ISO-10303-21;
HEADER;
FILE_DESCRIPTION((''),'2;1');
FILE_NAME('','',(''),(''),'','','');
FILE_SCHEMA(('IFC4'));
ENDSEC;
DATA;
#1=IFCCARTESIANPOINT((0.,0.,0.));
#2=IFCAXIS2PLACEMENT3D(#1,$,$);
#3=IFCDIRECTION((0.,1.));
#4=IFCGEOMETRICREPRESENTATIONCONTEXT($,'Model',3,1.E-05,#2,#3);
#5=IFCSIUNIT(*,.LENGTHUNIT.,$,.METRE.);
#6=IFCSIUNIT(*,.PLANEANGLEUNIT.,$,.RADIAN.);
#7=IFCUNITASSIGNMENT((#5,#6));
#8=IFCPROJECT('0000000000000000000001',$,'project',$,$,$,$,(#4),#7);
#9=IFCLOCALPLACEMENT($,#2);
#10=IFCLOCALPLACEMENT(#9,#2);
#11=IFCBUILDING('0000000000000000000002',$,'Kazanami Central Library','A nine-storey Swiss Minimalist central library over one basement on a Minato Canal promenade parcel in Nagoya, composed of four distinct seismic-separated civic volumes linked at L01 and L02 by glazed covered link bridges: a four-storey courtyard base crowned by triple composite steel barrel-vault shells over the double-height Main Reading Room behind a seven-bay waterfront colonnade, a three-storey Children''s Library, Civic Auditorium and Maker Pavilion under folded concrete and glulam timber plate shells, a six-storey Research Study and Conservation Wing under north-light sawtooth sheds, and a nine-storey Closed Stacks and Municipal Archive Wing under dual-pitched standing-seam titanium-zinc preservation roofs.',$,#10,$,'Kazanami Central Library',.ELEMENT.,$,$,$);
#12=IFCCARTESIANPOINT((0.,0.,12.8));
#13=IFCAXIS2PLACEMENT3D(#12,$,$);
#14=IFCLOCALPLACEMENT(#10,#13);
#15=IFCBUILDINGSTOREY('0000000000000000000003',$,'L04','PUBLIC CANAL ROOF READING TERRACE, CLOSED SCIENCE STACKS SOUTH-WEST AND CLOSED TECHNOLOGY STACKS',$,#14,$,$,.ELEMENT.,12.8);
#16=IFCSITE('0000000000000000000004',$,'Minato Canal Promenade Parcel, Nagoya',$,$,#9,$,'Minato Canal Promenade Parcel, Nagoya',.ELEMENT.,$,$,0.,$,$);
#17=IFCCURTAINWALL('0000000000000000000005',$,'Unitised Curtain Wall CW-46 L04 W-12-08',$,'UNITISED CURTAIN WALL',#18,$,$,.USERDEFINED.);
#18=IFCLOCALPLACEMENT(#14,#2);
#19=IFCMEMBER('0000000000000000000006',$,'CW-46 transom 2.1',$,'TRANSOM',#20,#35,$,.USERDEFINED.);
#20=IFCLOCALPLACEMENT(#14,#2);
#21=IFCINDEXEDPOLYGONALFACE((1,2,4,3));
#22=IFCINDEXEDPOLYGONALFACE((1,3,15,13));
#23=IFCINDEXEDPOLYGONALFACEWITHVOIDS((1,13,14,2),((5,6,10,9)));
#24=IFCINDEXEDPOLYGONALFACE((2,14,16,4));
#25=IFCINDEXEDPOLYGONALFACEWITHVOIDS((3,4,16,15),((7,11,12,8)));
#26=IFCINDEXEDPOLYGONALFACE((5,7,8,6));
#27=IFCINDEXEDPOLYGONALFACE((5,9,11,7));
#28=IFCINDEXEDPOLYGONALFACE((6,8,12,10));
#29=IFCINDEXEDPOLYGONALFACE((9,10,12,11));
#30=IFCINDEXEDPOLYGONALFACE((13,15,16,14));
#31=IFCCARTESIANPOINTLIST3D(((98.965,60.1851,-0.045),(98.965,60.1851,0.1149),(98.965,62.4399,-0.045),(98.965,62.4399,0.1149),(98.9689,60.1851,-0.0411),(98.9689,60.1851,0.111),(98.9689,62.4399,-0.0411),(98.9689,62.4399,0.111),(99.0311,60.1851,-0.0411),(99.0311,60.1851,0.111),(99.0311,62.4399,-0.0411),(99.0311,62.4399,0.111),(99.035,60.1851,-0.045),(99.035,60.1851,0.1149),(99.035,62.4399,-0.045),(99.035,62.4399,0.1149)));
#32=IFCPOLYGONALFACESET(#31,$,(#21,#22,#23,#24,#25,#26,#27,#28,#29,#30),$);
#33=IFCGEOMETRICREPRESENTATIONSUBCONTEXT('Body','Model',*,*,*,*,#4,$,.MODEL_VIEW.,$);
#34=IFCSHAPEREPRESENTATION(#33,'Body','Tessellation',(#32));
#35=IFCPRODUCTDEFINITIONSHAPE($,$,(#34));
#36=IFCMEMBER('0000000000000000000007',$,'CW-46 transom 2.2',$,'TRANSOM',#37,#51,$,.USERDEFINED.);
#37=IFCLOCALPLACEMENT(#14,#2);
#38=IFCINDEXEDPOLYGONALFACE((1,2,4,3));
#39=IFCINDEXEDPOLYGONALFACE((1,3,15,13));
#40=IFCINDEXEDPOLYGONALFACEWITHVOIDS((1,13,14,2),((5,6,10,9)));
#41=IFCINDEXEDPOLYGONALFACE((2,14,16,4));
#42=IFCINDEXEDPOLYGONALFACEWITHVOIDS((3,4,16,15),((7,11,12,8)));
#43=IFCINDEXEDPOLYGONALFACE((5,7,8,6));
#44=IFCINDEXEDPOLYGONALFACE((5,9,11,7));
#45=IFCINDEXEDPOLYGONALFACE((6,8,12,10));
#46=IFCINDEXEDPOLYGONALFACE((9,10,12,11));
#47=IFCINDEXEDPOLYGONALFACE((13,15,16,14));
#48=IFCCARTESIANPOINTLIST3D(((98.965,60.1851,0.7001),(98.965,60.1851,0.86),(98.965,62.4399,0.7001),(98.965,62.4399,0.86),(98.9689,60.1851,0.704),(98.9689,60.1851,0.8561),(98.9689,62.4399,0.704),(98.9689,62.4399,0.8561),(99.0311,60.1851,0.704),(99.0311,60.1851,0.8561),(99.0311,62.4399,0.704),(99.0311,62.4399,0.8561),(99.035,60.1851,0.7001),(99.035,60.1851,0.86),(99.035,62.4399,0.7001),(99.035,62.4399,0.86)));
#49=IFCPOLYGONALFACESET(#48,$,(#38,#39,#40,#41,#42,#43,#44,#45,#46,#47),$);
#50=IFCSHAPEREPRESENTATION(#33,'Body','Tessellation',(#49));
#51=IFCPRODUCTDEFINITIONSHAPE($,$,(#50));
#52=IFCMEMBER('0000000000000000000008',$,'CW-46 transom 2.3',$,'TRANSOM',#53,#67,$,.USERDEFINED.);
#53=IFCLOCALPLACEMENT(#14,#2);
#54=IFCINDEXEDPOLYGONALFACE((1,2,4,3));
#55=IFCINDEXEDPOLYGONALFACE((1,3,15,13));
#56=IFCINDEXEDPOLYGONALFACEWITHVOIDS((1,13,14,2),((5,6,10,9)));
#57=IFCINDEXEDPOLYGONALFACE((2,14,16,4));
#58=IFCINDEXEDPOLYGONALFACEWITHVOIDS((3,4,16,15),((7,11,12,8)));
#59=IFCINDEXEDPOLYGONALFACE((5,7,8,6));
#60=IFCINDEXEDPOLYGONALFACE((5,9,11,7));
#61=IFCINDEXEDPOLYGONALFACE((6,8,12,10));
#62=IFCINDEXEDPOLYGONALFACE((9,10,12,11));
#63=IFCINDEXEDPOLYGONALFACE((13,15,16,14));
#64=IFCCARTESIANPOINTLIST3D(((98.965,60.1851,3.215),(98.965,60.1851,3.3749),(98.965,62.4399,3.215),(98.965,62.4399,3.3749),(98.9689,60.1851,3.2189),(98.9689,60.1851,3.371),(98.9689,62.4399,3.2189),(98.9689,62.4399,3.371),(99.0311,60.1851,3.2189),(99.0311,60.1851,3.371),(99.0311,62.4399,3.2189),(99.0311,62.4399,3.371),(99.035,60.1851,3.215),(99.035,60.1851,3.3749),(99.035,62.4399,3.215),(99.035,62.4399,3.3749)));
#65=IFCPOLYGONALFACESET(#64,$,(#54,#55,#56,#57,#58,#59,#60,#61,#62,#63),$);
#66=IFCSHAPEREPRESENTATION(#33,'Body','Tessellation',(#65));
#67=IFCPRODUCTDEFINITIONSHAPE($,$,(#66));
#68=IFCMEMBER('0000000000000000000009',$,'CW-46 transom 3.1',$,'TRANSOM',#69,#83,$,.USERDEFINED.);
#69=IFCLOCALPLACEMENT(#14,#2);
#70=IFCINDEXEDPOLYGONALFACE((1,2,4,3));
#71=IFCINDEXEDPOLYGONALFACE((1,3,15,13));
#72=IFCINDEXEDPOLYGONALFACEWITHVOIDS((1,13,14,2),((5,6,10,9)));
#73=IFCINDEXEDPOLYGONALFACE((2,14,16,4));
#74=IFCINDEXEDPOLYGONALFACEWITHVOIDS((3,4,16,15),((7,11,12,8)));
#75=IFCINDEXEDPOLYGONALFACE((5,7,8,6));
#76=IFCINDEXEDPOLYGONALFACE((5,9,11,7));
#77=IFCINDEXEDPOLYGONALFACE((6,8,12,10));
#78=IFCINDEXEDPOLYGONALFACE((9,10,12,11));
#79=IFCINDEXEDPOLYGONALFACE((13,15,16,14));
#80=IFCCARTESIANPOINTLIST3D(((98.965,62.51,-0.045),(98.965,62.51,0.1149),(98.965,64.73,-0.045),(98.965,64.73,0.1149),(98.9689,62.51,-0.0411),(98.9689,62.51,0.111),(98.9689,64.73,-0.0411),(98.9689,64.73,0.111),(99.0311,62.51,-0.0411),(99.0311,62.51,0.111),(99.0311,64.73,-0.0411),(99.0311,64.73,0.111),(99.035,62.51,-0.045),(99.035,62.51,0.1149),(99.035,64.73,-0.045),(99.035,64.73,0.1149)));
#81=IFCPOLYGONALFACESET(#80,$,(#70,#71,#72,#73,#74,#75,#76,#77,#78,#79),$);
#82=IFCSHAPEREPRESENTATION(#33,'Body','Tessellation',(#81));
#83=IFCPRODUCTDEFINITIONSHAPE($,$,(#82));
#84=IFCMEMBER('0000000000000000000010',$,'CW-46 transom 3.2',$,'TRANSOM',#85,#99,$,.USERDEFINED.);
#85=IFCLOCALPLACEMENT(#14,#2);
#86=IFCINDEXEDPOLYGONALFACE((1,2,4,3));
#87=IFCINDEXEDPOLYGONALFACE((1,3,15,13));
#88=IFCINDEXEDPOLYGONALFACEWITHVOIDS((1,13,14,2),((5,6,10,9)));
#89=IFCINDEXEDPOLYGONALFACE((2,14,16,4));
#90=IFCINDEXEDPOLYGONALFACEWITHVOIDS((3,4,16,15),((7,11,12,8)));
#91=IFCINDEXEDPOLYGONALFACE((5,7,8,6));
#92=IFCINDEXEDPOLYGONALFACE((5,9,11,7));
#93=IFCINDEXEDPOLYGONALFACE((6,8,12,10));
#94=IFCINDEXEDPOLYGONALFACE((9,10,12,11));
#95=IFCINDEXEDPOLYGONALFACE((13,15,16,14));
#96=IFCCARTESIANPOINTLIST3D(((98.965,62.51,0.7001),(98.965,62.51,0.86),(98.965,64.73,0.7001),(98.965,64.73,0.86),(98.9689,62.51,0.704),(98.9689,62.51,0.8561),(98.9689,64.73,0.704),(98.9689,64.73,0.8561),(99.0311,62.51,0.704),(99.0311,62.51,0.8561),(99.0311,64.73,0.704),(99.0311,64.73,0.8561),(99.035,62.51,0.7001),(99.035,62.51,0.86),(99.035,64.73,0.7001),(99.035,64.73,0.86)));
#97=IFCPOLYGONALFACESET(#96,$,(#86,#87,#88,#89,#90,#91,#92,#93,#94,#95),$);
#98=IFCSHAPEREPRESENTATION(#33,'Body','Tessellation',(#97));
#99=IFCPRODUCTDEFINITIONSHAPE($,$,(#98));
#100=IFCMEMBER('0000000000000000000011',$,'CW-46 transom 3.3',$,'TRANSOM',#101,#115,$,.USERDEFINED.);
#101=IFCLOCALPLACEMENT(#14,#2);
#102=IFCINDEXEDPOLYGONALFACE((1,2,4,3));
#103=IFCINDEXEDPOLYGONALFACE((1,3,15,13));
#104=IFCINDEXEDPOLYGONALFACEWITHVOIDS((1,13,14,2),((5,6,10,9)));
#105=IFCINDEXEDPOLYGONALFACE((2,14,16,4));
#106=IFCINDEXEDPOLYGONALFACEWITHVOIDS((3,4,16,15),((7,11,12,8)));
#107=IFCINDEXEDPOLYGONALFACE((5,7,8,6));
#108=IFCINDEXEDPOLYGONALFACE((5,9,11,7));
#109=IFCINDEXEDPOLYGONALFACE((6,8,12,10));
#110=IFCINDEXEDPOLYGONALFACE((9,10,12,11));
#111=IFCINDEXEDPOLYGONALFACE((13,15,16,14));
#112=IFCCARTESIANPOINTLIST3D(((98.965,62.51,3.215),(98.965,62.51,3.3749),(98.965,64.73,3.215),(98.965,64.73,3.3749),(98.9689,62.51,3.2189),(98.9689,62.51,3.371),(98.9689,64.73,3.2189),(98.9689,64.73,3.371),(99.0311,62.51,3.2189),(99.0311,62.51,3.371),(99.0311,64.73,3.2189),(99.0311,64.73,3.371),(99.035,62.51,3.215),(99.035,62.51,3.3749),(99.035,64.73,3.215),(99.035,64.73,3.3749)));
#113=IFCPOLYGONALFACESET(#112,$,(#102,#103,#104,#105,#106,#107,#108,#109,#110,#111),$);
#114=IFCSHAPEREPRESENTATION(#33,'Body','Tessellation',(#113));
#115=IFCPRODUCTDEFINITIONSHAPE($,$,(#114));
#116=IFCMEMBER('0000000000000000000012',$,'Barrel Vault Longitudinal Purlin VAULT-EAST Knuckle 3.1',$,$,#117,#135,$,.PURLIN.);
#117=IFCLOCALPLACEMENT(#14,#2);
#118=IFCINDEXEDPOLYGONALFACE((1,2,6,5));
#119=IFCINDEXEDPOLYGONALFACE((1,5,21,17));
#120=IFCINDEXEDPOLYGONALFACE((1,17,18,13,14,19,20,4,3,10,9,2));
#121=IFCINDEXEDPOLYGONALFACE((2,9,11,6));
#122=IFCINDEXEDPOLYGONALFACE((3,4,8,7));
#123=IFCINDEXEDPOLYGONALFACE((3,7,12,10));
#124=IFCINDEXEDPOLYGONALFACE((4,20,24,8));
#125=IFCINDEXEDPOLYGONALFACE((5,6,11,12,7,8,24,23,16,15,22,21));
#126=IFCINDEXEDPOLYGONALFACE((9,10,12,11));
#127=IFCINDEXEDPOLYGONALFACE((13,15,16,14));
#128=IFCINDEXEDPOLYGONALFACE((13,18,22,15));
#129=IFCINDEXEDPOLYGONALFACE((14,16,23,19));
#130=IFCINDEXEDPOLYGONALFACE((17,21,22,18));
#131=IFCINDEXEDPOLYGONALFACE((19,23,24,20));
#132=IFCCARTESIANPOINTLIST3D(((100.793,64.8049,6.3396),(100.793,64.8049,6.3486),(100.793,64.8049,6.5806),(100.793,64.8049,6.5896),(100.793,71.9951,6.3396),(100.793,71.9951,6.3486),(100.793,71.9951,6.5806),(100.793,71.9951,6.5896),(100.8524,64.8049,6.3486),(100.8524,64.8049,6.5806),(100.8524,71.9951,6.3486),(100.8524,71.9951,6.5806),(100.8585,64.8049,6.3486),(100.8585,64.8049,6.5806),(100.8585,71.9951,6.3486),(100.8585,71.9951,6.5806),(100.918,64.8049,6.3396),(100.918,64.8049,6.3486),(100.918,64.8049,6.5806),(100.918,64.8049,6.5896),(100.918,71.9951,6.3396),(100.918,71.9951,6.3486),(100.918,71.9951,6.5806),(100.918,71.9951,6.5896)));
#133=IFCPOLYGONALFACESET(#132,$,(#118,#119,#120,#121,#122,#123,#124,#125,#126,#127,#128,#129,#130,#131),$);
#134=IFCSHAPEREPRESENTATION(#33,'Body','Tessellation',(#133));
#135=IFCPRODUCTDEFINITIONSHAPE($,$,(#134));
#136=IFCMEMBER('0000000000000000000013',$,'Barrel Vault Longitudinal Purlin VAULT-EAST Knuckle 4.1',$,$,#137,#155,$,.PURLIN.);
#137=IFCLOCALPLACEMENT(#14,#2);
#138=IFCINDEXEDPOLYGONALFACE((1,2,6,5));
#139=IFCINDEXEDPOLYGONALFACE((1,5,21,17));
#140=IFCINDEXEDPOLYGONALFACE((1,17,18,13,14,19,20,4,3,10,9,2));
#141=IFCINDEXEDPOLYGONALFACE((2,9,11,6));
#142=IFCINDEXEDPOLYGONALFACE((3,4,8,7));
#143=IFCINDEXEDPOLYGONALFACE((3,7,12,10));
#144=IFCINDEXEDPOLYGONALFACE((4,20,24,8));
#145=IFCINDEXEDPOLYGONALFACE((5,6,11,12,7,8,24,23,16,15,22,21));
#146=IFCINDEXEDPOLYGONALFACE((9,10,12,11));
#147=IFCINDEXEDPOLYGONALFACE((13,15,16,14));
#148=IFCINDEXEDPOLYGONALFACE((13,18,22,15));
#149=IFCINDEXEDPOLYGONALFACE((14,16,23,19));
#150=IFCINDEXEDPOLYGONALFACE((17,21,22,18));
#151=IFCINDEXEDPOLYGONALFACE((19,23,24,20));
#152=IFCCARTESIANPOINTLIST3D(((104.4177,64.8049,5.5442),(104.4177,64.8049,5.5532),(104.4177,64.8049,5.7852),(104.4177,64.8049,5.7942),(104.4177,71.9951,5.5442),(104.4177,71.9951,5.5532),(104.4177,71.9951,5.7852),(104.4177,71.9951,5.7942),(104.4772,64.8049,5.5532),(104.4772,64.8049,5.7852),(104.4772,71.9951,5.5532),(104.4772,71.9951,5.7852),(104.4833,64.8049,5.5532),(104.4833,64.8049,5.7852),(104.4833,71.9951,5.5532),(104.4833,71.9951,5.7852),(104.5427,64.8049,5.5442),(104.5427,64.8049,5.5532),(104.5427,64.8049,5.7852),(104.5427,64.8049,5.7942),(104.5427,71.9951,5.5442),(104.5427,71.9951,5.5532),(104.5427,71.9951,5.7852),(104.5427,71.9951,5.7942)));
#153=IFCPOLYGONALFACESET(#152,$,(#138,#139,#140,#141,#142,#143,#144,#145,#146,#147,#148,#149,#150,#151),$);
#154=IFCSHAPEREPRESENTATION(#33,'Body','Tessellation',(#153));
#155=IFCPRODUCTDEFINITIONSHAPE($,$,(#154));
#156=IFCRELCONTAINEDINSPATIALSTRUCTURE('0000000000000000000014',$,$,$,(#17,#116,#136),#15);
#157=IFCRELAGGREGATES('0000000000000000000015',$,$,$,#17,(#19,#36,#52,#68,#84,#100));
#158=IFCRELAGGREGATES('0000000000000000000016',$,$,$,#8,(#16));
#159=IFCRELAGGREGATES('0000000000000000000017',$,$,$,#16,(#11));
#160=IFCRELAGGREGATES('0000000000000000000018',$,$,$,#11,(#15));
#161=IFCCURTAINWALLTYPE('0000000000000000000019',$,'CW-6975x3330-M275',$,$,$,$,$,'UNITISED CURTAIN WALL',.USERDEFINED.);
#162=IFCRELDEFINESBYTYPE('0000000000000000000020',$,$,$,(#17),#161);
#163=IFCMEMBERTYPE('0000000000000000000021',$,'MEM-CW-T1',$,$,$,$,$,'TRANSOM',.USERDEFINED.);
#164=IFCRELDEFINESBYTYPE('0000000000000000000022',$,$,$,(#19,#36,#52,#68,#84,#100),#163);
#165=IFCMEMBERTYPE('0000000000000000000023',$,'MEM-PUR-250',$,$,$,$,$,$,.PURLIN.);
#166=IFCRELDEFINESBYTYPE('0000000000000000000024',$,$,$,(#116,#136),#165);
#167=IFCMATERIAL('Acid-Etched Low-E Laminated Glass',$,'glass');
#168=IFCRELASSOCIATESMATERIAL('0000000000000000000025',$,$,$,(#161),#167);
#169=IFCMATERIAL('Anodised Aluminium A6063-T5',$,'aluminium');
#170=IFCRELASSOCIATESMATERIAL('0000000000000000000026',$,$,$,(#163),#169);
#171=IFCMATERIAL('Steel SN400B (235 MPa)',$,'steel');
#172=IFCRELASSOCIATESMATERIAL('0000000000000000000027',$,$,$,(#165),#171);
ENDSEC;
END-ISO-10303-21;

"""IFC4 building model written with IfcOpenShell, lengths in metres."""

from ifc_helpers import new_model, si_unit, direction, frame, origin, origin_2d, place, context, subcontext, project, spatial, hollow_rectangle, i_section, extrude, material, material_profile, profile_set, type_object, element, aggregate, save


model = new_model("IFC4")

# Units and contexts
model_context = context("Model", 3, precision=1e-05, world=origin(), true_north=direction((0.0, 1.0)))
body_context = subcontext(model_context, "Body", "Model", "MODEL_VIEW")
ifc_project = project(units=[si_unit("LENGTHUNIT", "METRE"), si_unit("PLANEANGLEUNIT", "RADIAN")], contexts=[model_context])

# Site, building, storey
site_placement = place(None, origin())
site = spatial("IfcSite", under=ifc_project, at=site_placement, Name="Minato Canal Promenade Parcel, Nagoya", LongName="Minato Canal Promenade Parcel, Nagoya", CompositionType="ELEMENT", RefElevation=0.0)
building_placement = place(site_placement, origin())
building = spatial("IfcBuilding", under=site, at=building_placement, Name="Kazanami Central Library", Description="A nine-storey Swiss Minimalist central library over one basement on a Minato Canal promenade parcel in Nagoya, composed of four distinct seismic-separated civic volumes linked at L01 and L02 by glazed covered link bridges: a four-storey courtyard base crowned by triple composite steel barrel-vault shells over the double-height Main Reading Room behind a seven-bay waterfront colonnade, a three-storey Children's Library, Civic Auditorium and Maker Pavilion under folded concrete and glulam timber plate shells, a six-storey Research Study and Conservation Wing under north-light sawtooth sheds, and a nine-storey Closed Stacks and Municipal Archive Wing under dual-pitched standing-seam titanium-zinc preservation roofs.", LongName="Kazanami Central Library", CompositionType="ELEMENT")
storey_placement = place(building_placement, frame((0.0, 0.0, 12.8)))
storey = spatial("IfcBuildingStorey", under=building, at=storey_placement, Name="L04", Description="PUBLIC CANAL ROOF READING TERRACE, CLOSED SCIENCE STACKS SOUTH-WEST AND CLOSED TECHNOLOGY STACKS", CompositionType="ELEMENT", Elevation=12.8)

# Curtain wall, members
ifc_material_1 = material(Name="Acid-Etched Low-E Laminated Glass", Category="glass")
curtain_wall_type = type_object("IfcCurtainWallType", Name="CW-6975x3330-M275", ElementType="UNITISED CURTAIN WALL", PredefinedType="USERDEFINED", material=ifc_material_1)
curtain_wall_placement = place(storey_placement, origin())
curtain_wall = element("IfcCurtainWall", 1, at=curtain_wall_placement, inside=storey, type_object=curtain_wall_type, Name="Unitised Curtain Wall CW-46 L04 W-12-08", ObjectType="UNITISED CURTAIN WALL", PredefinedType="USERDEFINED")
ifc_material_2 = material(Name="Anodised Aluminium A6063-T5", Category="aluminium")
ifc_material_profile_1 = material_profile(ifc_material_2, hollow_rectangle(XDim=0.0701, YDim=0.1599, WallThickness=0.0039, at=origin_2d()), Name="ALU-TRAN-70x160x4")
ifc_profile_set_1 = profile_set([ifc_material_profile_1], Name="Anodised Aluminium A6063-T5")
member_type_1 = type_object("IfcMemberType", Name="MEM-CW-T1", ElementType="TRANSOM", PredefinedType="USERDEFINED", material=ifc_profile_set_1)
member_1_placement = place(storey_placement, frame((99.0, 60.1851, 0.0349), z_axis=(0.0, 1.0, 0.0), x_axis=(-1.0, 0.0, 0.0)))
member_1 = element("IfcMember", 2, at=member_1_placement, type_object=member_type_1, Name="CW-46 transom 2.1", ObjectType="TRANSOM", PredefinedType="USERDEFINED", context=body_context, shape_type="SweptSolid", body=[
    extrude(hollow_rectangle(XDim=0.0701, YDim=0.1599, WallThickness=0.0039, at=origin_2d()), origin(), (0.0, 0.0, 1.0), 2.2549),
])
member_2_placement = place(storey_placement, frame((99.0, 60.1851, 0.78), z_axis=(0.0, 1.0, 0.0), x_axis=(-1.0, 0.0, 0.0)))
member_2 = element("IfcMember", 3, at=member_2_placement, type_object=member_type_1, Name="CW-46 transom 2.2", ObjectType="TRANSOM", PredefinedType="USERDEFINED", context=body_context, shape_type="SweptSolid", body=[
    extrude(hollow_rectangle(XDim=0.0701, YDim=0.1599, WallThickness=0.0039, at=origin_2d()), origin(), (0.0, 0.0, 1.0), 2.2549),
])
member_3_placement = place(storey_placement, frame((99.0, 60.1851, 3.2949), z_axis=(0.0, 1.0, 0.0), x_axis=(-1.0, 0.0, 0.0)))
member_3 = element("IfcMember", 4, at=member_3_placement, type_object=member_type_1, Name="CW-46 transom 2.3", ObjectType="TRANSOM", PredefinedType="USERDEFINED", context=body_context, shape_type="SweptSolid", body=[
    extrude(hollow_rectangle(XDim=0.0701, YDim=0.1599, WallThickness=0.0039, at=origin_2d()), origin(), (0.0, 0.0, 1.0), 2.2549),
])
member_4_placement = place(storey_placement, frame((99.0, 62.51, 0.0349), z_axis=(0.0, 1.0, 0.0), x_axis=(-1.0, 0.0, 0.0)))
member_4 = element("IfcMember", 5, at=member_4_placement, type_object=member_type_1, Name="CW-46 transom 3.1", ObjectType="TRANSOM", PredefinedType="USERDEFINED", context=body_context, shape_type="SweptSolid", body=[
    extrude(hollow_rectangle(XDim=0.0701, YDim=0.1599, WallThickness=0.0039, at=origin_2d()), origin(), (0.0, 0.0, 1.0), 2.22),
])
member_5_placement = place(storey_placement, frame((99.0, 62.51, 0.78), z_axis=(0.0, 1.0, 0.0), x_axis=(-1.0, 0.0, 0.0)))
member_5 = element("IfcMember", 6, at=member_5_placement, type_object=member_type_1, Name="CW-46 transom 3.2", ObjectType="TRANSOM", PredefinedType="USERDEFINED", context=body_context, shape_type="SweptSolid", body=[
    extrude(hollow_rectangle(XDim=0.0701, YDim=0.1599, WallThickness=0.0039, at=origin_2d()), origin(), (0.0, 0.0, 1.0), 2.22),
])
member_6_placement = place(storey_placement, frame((99.0, 62.51, 3.2949), z_axis=(0.0, 1.0, 0.0), x_axis=(-1.0, 0.0, 0.0)))
member_6 = element("IfcMember", 7, at=member_6_placement, type_object=member_type_1, Name="CW-46 transom 3.3", ObjectType="TRANSOM", PredefinedType="USERDEFINED", context=body_context, shape_type="SweptSolid", body=[
    extrude(hollow_rectangle(XDim=0.0701, YDim=0.1599, WallThickness=0.0039, at=origin_2d()), origin(), (0.0, 0.0, 1.0), 2.22),
])

# Members
ifc_material_3 = material(Name="Steel SN400B (235 MPa)", Category="steel")
ifc_material_profile_2 = material_profile(ifc_material_3, i_section(OverallWidth=0.125, OverallDepth=0.25, WebThickness=0.0061, FlangeThickness=0.009, at=origin_2d()), Name="H-250x125x6x9")
ifc_profile_set_2 = profile_set([ifc_material_profile_2], Name="Steel SN400B (235 MPa)")
member_type_2 = type_object("IfcMemberType", Name="MEM-PUR-250", PredefinedType="PURLIN", material=ifc_profile_set_2)
for number, where, z_axis, x_axis, name in (
    (8, (100.8555, 64.8049, 6.4646), (0.0, 1.0, 0.0), (-1.0, 0.0, 0.0), "Barrel Vault Longitudinal Purlin VAULT-EAST Knuckle 3.1"),
    (9, (104.4802, 64.8049, 5.6692), (0.0, 1.0, 0.0), (-1.0, 0.0, 0.0), "Barrel Vault Longitudinal Purlin VAULT-EAST Knuckle 4.1"),
):
    element("IfcMember", number, at=place(storey_placement, frame(where, z_axis=z_axis, x_axis=x_axis)), inside=storey, type_object=member_type_2, Name=name, PredefinedType="PURLIN", context=body_context, shape_type="SweptSolid", body=[
        extrude(i_section(OverallWidth=0.125, OverallDepth=0.25, WebThickness=0.0061, FlangeThickness=0.009, at=origin_2d()), origin(), (0.0, 0.0, 1.0), 7.1902),
    ])

aggregate(curtain_wall, [member_1, member_2, member_3, member_4, member_5, member_6])

save(model, "model.ifc")
